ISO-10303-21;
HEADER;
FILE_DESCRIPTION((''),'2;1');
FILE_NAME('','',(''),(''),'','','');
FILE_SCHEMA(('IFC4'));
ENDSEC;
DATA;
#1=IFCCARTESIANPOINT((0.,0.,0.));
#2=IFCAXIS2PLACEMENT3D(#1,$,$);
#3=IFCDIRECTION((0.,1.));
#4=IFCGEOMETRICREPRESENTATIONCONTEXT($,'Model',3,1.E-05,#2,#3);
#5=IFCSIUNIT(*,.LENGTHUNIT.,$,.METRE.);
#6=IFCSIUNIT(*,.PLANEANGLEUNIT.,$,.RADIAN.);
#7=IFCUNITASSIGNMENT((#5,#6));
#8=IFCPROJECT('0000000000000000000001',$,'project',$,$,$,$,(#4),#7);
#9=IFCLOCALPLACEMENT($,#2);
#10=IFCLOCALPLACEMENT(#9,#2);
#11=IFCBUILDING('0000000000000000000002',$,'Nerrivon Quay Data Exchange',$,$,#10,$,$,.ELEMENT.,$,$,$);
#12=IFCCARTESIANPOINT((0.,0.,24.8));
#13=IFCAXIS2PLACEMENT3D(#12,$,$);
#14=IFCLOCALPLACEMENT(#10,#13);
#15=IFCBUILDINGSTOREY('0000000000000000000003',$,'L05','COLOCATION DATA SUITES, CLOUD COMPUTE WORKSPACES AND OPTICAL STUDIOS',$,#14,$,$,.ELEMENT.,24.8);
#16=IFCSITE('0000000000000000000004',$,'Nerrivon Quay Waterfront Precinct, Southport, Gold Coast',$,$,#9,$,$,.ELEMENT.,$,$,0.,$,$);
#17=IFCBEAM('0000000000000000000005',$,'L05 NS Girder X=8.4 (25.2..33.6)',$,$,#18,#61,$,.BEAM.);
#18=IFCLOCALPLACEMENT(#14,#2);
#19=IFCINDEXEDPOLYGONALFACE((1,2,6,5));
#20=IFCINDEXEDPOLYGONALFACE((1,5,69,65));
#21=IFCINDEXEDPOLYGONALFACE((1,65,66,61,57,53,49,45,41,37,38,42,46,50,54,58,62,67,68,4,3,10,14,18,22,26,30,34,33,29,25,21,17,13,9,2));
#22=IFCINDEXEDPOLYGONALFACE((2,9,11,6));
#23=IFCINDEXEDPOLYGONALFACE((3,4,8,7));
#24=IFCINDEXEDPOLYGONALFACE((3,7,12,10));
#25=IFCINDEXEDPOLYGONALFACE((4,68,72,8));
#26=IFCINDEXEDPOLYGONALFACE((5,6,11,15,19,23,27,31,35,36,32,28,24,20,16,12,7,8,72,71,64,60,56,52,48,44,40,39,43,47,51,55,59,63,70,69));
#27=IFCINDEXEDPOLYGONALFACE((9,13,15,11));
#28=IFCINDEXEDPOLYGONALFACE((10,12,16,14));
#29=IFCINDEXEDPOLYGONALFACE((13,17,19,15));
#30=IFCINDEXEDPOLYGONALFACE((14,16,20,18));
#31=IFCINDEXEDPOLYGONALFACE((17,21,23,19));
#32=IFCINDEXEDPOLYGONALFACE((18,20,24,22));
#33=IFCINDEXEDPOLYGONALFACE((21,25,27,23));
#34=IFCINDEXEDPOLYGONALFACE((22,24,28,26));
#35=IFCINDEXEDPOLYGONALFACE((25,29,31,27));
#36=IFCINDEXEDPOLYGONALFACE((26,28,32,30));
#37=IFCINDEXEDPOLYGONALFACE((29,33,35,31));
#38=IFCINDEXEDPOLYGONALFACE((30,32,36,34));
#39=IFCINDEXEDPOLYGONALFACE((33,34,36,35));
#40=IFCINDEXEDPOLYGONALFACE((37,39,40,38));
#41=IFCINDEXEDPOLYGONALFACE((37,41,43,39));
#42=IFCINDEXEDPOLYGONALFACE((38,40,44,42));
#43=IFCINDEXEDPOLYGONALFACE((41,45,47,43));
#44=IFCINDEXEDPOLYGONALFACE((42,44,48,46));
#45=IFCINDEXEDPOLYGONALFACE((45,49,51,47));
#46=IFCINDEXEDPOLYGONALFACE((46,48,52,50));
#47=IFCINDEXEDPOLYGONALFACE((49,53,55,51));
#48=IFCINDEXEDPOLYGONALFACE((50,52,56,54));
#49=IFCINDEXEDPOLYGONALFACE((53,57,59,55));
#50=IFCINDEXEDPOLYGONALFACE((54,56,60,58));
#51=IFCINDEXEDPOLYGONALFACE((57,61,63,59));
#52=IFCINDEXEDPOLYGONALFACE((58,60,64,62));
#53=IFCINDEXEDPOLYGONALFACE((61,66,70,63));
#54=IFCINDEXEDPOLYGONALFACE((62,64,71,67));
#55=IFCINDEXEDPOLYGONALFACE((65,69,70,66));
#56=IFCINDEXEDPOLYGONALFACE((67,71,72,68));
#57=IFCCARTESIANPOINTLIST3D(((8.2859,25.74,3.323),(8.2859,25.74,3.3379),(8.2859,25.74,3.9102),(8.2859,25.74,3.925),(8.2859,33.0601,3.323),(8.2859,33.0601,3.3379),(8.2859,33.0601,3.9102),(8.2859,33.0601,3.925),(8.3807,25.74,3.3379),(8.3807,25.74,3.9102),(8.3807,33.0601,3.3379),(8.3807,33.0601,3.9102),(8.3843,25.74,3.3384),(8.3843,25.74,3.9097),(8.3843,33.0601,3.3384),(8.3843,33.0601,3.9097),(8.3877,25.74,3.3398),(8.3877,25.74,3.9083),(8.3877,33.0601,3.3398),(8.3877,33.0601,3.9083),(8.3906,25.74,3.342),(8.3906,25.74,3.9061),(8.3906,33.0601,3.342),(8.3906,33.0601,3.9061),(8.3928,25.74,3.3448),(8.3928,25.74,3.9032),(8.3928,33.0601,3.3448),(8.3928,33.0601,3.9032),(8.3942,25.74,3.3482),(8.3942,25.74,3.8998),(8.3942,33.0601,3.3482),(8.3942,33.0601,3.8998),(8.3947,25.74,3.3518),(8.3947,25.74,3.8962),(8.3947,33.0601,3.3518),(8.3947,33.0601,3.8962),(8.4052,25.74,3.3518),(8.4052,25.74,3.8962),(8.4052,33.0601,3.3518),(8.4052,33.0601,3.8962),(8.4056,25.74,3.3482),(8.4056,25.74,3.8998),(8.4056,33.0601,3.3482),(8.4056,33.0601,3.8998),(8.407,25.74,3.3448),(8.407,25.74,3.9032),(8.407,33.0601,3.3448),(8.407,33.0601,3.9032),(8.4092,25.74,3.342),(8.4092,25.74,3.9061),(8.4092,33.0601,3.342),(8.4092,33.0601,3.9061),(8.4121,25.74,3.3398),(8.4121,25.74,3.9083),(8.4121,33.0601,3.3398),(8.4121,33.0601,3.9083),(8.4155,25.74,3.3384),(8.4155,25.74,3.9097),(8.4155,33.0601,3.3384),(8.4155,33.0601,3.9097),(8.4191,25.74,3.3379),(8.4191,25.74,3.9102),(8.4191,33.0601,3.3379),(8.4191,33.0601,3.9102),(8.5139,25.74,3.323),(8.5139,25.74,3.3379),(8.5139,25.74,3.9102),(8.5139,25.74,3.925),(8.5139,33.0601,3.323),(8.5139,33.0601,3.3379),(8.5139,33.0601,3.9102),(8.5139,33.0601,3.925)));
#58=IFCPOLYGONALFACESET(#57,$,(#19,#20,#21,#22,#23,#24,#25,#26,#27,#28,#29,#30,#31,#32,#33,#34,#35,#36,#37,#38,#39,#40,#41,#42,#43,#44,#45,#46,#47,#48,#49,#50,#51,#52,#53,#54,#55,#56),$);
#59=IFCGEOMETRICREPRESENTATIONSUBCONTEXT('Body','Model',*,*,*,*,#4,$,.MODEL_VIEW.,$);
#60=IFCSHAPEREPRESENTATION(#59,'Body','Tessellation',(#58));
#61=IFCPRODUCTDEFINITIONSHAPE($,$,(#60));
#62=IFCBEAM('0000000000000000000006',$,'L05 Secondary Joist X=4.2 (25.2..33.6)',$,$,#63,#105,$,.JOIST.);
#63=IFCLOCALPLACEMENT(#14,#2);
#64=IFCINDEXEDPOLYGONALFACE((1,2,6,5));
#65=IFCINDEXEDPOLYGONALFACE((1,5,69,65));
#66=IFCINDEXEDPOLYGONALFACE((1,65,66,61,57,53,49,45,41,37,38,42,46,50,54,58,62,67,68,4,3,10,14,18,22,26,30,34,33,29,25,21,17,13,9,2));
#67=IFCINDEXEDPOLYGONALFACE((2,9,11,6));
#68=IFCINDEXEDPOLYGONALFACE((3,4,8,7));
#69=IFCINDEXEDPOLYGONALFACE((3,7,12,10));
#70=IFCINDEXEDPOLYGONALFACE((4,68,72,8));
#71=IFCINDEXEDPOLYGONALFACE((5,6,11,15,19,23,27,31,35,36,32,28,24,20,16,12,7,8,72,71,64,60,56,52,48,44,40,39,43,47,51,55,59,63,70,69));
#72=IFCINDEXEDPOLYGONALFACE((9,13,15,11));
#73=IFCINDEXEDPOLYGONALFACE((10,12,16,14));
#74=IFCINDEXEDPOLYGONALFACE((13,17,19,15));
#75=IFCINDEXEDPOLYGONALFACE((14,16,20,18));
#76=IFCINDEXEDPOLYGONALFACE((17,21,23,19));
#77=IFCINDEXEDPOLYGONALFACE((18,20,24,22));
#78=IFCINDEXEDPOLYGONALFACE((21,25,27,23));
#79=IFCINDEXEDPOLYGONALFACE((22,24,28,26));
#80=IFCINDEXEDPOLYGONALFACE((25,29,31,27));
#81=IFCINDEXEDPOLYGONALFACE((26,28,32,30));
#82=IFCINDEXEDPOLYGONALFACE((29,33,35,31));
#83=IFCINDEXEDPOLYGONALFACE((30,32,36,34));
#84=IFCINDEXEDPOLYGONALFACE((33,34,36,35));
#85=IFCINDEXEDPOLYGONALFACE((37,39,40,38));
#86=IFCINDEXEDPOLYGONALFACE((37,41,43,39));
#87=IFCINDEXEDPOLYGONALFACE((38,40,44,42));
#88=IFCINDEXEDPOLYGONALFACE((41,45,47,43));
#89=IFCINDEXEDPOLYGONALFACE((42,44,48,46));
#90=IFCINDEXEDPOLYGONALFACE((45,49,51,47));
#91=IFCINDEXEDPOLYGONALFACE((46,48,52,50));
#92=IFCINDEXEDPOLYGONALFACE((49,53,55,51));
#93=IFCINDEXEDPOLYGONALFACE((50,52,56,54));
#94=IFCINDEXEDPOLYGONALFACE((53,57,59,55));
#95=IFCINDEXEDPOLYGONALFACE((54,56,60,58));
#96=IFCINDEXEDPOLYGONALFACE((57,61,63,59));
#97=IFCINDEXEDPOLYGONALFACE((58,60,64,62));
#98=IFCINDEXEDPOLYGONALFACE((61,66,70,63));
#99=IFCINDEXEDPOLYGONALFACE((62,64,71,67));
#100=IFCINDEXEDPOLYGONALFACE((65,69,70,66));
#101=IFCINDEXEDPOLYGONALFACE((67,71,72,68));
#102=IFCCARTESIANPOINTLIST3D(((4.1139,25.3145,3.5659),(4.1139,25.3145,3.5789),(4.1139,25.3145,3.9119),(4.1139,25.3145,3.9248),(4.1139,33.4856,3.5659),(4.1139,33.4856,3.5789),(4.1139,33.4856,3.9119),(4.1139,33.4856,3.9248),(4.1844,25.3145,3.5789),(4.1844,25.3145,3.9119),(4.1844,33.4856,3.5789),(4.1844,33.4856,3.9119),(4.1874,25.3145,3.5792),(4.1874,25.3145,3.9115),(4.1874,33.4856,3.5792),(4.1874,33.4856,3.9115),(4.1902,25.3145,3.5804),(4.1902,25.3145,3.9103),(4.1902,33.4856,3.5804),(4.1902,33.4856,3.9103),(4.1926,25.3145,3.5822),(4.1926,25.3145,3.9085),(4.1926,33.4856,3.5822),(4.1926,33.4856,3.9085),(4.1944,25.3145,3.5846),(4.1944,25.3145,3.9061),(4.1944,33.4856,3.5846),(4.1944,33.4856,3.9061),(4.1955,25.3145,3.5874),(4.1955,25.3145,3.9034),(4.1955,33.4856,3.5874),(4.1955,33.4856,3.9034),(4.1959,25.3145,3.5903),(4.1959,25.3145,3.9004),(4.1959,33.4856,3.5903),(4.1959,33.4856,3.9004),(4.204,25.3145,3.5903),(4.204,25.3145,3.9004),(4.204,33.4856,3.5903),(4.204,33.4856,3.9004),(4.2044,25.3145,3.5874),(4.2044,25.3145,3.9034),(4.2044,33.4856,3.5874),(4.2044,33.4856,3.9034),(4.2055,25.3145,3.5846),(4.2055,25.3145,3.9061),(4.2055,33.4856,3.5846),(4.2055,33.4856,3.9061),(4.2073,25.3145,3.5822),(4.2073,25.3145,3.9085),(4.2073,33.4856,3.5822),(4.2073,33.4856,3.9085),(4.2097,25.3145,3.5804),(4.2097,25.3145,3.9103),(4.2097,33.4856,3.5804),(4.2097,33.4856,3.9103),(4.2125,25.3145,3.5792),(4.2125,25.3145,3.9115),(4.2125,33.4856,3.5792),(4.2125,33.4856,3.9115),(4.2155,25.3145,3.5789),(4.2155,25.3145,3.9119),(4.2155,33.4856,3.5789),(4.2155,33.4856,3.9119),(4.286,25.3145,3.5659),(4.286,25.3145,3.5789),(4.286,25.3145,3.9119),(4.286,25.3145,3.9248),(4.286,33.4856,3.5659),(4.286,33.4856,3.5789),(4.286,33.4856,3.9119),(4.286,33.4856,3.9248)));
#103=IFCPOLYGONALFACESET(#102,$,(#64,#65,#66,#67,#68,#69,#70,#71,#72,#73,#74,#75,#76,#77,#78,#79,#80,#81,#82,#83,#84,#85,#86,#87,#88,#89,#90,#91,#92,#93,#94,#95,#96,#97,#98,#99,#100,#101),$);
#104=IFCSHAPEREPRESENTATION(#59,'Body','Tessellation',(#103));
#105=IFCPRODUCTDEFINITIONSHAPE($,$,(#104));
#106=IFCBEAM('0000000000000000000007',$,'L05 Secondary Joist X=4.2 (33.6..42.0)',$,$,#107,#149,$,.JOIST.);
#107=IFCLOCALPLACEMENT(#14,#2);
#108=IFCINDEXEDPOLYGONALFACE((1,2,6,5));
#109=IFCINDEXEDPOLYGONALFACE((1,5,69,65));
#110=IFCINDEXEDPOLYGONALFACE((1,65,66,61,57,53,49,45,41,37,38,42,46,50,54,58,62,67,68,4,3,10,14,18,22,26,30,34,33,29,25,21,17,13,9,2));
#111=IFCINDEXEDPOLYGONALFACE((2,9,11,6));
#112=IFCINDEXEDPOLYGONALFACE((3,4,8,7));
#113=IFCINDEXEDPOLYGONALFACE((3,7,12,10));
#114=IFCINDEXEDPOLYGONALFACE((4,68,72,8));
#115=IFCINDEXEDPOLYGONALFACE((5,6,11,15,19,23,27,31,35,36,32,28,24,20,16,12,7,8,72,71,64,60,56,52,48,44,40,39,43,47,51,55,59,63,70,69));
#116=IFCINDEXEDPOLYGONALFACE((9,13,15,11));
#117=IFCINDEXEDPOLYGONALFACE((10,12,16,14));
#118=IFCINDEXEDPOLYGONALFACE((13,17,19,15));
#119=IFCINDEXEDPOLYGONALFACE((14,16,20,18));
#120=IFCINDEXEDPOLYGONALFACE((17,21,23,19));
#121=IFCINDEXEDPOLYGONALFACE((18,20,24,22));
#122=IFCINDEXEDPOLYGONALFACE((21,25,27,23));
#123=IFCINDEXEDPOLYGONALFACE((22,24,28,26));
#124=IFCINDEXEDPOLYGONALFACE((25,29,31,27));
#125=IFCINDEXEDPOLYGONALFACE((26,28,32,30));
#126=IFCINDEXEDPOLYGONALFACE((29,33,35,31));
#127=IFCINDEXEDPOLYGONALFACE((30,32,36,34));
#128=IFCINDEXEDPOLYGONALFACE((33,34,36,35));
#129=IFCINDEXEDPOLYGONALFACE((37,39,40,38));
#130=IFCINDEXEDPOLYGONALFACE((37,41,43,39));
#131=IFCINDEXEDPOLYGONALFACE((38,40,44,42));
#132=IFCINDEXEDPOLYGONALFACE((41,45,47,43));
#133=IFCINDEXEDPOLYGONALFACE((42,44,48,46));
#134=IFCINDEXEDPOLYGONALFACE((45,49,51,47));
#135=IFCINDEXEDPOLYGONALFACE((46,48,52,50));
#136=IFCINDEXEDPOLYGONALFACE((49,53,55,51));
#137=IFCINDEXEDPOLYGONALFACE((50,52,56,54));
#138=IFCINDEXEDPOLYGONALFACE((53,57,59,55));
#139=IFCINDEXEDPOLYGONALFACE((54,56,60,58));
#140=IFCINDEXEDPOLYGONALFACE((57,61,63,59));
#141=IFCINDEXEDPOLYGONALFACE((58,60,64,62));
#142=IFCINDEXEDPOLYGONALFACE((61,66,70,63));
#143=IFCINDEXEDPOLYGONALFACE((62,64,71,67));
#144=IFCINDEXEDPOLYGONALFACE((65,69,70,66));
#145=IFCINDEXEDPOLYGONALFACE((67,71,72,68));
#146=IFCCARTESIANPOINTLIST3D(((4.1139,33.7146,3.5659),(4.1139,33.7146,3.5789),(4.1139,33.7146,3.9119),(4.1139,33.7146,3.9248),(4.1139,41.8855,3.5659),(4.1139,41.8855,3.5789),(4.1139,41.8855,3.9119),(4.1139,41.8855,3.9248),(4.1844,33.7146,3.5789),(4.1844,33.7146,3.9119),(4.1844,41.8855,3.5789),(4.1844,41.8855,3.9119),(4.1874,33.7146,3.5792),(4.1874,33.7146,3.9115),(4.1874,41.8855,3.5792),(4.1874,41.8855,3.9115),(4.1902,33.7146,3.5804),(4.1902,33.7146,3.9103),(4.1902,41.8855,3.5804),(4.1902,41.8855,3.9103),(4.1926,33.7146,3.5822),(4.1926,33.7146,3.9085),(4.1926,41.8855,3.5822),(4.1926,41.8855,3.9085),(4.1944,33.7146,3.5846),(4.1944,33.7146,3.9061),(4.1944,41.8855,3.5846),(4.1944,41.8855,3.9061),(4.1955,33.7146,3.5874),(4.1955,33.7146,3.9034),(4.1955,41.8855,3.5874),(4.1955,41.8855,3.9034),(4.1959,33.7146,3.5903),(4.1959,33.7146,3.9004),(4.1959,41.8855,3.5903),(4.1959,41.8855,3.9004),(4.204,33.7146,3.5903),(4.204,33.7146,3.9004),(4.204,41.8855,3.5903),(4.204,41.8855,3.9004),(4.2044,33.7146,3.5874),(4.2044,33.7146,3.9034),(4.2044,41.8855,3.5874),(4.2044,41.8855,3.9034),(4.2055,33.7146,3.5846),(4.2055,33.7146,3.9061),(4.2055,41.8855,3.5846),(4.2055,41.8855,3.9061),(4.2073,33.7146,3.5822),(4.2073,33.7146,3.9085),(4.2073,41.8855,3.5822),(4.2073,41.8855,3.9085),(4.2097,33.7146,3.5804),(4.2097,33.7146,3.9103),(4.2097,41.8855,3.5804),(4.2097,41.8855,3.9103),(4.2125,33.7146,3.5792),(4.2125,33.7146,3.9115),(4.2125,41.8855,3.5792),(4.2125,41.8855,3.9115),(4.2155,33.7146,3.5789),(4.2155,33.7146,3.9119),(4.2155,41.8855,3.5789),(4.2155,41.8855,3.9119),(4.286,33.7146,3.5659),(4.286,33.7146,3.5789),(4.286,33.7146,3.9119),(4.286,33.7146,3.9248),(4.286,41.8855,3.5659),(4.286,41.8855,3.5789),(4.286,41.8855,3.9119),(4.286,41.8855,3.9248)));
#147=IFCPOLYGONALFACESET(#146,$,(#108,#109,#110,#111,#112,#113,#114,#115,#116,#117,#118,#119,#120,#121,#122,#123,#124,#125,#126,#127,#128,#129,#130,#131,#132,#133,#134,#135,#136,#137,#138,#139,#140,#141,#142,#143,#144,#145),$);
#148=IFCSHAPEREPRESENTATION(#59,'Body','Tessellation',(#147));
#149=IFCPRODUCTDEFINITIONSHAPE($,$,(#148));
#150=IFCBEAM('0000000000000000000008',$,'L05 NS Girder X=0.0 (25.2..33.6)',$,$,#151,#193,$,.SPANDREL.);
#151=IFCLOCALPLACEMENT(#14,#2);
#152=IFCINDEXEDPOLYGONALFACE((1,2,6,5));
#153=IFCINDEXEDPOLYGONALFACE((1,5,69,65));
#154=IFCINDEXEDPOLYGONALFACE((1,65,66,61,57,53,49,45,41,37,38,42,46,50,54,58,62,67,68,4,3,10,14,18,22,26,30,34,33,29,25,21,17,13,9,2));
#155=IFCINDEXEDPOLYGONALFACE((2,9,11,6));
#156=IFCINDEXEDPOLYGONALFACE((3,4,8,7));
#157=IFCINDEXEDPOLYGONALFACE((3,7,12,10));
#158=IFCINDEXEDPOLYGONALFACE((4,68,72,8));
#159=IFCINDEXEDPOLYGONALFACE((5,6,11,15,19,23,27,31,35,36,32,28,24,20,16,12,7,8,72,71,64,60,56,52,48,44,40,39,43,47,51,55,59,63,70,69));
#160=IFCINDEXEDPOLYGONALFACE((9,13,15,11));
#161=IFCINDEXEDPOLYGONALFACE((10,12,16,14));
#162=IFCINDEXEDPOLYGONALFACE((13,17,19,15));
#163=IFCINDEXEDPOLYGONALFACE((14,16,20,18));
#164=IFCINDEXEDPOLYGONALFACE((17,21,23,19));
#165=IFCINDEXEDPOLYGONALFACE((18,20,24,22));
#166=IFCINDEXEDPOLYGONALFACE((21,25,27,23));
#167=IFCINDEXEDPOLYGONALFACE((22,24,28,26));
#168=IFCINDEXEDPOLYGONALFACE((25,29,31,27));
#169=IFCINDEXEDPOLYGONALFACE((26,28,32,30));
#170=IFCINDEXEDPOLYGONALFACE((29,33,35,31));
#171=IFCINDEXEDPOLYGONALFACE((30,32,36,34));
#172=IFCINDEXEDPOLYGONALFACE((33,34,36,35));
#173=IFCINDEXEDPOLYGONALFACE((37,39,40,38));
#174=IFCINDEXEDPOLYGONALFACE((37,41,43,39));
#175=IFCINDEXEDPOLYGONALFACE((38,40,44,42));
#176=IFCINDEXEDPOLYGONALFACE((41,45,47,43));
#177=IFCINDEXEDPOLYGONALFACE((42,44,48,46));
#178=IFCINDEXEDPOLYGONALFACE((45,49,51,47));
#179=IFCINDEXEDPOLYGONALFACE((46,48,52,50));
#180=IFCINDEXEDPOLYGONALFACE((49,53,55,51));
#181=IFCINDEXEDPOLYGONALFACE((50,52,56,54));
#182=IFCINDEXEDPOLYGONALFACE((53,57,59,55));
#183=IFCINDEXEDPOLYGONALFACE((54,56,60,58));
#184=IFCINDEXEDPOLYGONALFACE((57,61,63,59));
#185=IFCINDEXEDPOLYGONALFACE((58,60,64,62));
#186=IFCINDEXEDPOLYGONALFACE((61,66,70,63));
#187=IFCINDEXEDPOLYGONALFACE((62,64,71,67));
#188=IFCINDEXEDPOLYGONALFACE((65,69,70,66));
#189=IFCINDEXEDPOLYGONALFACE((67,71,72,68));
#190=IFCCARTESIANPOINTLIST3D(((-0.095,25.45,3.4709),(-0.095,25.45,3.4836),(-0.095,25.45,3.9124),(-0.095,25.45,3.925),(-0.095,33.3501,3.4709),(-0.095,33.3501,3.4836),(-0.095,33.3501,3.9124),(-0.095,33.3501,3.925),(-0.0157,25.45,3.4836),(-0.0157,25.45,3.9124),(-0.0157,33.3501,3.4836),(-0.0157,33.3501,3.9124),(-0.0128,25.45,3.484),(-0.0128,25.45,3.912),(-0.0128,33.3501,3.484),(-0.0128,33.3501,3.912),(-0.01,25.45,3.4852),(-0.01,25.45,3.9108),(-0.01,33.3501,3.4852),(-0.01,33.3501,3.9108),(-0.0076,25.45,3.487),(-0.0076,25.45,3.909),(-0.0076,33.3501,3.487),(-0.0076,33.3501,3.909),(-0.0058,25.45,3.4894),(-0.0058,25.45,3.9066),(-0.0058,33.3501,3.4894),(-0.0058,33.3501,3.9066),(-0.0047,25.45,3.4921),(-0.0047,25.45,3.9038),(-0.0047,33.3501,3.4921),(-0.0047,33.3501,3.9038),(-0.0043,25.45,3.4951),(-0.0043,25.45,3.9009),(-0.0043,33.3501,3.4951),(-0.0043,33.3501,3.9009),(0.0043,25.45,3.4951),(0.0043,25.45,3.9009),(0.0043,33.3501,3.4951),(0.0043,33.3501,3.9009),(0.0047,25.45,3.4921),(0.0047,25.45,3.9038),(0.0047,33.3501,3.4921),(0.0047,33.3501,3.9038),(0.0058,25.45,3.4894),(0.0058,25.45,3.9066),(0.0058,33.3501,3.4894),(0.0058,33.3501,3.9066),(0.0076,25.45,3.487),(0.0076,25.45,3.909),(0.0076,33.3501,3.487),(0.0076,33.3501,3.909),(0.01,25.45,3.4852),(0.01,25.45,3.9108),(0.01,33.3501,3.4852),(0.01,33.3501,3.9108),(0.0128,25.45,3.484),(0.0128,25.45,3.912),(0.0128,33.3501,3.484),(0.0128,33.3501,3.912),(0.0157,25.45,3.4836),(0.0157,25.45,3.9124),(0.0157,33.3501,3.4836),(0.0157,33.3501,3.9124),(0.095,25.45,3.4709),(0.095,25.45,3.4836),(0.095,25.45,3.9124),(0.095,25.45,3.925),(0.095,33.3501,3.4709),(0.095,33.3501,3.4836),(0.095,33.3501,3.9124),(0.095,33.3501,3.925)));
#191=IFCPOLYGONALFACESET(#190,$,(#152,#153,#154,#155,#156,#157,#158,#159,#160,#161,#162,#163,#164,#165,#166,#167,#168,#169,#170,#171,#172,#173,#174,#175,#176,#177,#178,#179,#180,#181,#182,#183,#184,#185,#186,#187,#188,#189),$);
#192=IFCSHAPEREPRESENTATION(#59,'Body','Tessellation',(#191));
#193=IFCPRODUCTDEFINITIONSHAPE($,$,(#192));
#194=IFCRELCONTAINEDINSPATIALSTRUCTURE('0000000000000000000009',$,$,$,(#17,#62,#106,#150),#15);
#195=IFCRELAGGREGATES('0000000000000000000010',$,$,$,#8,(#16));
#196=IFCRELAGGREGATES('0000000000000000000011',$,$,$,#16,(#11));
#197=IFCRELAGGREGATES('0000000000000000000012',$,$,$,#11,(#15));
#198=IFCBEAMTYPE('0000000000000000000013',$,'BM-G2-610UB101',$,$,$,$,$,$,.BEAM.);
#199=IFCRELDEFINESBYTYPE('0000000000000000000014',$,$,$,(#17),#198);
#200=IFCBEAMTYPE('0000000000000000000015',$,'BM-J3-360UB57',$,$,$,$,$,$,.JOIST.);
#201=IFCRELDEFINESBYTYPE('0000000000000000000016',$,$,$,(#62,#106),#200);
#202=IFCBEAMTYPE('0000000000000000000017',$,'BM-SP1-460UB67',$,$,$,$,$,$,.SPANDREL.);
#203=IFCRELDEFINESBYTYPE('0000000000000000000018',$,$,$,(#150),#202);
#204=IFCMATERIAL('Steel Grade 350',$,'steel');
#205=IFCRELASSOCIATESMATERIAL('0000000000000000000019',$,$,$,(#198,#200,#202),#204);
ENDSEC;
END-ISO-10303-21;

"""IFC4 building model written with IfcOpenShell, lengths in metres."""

from ifc_helpers import new_model, si_unit, direction, frame, origin, origin_2d, place, context, subcontext, project, spatial, i_section, extrude, material, material_profile, profile_set, type_object, element, save


model = new_model("IFC4")

# Units and contexts
model_context = context("Model", 3, precision=1e-05, world=origin(), true_north=direction((0.0, 1.0)))
body_context = subcontext(model_context, "Body", "Model", "MODEL_VIEW")
ifc_project = project(units=[si_unit("LENGTHUNIT", "METRE"), si_unit("PLANEANGLEUNIT", "RADIAN")], contexts=[model_context])

# Site, building, storey
site_placement = place(None, origin())
site = spatial("IfcSite", under=ifc_project, at=site_placement, Name="Nerrivon Quay Waterfront Precinct, Southport, Gold Coast", CompositionType="ELEMENT", RefElevation=0.0)
building_placement = place(site_placement, origin())
building = spatial("IfcBuilding", under=site, at=building_placement, Name="Nerrivon Quay Data Exchange", CompositionType="ELEMENT")
storey_placement = place(building_placement, frame((0.0, 0.0, 24.8)))
storey = spatial("IfcBuildingStorey", under=building, at=storey_placement, Name="L05", Description="COLOCATION DATA SUITES, CLOUD COMPUTE WORKSPACES AND OPTICAL STUDIOS", CompositionType="ELEMENT", Elevation=24.8)

# Shared definitions
ifc_material_1 = material(Name="Steel Grade 350", Category="steel")

# Beams
ifc_material_profile_1 = material_profile(ifc_material_1, i_section(OverallWidth=0.228, OverallDepth=0.6021, WebThickness=0.0105, FlangeThickness=0.0149, FilletRadius=0.0139, at=origin_2d()), Name="610UB101")
ifc_profile_set_1 = profile_set([ifc_material_profile_1], Name="Steel Grade 350")
beam_type_1 = type_object("IfcBeamType", Name="BM-G2-610UB101", PredefinedType="BEAM", material=ifc_profile_set_1)
beam_1_placement = place(storey_placement, frame((8.3999, 25.74, 3.624), z_axis=(0.0, 1.0, 0.0), x_axis=(-1.0, 0.0, 0.0)))
element("IfcBeam", 1, at=beam_1_placement, inside=storey, type_object=beam_type_1, Name="L05 NS Girder X=8.4 (25.2..33.6)", PredefinedType="BEAM", context=body_context, shape_type="SweptSolid", body=[
    extrude(i_section(OverallWidth=0.228, OverallDepth=0.6021, WebThickness=0.0105, FlangeThickness=0.0149, FilletRadius=0.0139, at=origin_2d()), origin(), (0.0, 0.0, 1.0), 7.3201),
])
ifc_material_profile_2 = material_profile(ifc_material_1, i_section(OverallWidth=0.1721, OverallDepth=0.3589, WebThickness=0.0081, FlangeThickness=0.0129, FilletRadius=0.0115, at=origin_2d()), Name="360UB56.7")
ifc_profile_set_2 = profile_set([ifc_material_profile_2], Name="Steel Grade 350")
beam_type_2 = type_object("IfcBeamType", Name="BM-J3-360UB57", PredefinedType="JOIST", material=ifc_profile_set_2)
beam_2_placement = place(storey_placement, frame((4.2, 25.3145, 3.7454), z_axis=(0.0, 1.0, 0.0), x_axis=(-1.0, 0.0, 0.0)))
element("IfcBeam", 2, at=beam_2_placement, inside=storey, type_object=beam_type_2, Name="L05 Secondary Joist X=4.2 (25.2..33.6)", PredefinedType="JOIST", context=body_context, shape_type="SweptSolid", body=[
    extrude(i_section(OverallWidth=0.1721, OverallDepth=0.3589, WebThickness=0.0081, FlangeThickness=0.0129, FilletRadius=0.0115, at=origin_2d()), origin(), (0.0, 0.0, 1.0), 8.1711),
])
beam_3_placement = place(storey_placement, frame((4.2, 33.7146, 3.7454), z_axis=(0.0, 1.0, 0.0), x_axis=(-1.0, 0.0, 0.0)))
element("IfcBeam", 3, at=beam_3_placement, inside=storey, type_object=beam_type_2, Name="L05 Secondary Joist X=4.2 (33.6..42.0)", PredefinedType="JOIST", context=body_context, shape_type="SweptSolid", body=[
    extrude(i_section(OverallWidth=0.1721, OverallDepth=0.3589, WebThickness=0.0081, FlangeThickness=0.0129, FilletRadius=0.0115, at=origin_2d()), origin(), (0.0, 0.0, 1.0), 8.1709),
])
ifc_material_profile_3 = material_profile(ifc_material_1, i_section(OverallWidth=0.1899, OverallDepth=0.4541, WebThickness=0.0085, FlangeThickness=0.0127, FilletRadius=0.0115, at=origin_2d()), Name="460UB67.1")
ifc_profile_set_3 = profile_set([ifc_material_profile_3], Name="Steel Grade 350")
beam_type_3 = type_object("IfcBeamType", Name="BM-SP1-460UB67", PredefinedType="SPANDREL", material=ifc_profile_set_3)
beam_4_placement = place(storey_placement, frame((0.0, 25.45, 3.698), z_axis=(0.0, 1.0, 0.0), x_axis=(-1.0, 0.0, 0.0)))
element("IfcBeam", 4, at=beam_4_placement, inside=storey, type_object=beam_type_3, Name="L05 NS Girder X=0.0 (25.2..33.6)", PredefinedType="SPANDREL", context=body_context, shape_type="SweptSolid", body=[
    extrude(i_section(OverallWidth=0.1899, OverallDepth=0.4541, WebThickness=0.0085, FlangeThickness=0.0127, FilletRadius=0.0115, at=origin_2d()), origin(), (0.0, 0.0, 1.0), 7.9001),
])

save(model, "model.ifc")
